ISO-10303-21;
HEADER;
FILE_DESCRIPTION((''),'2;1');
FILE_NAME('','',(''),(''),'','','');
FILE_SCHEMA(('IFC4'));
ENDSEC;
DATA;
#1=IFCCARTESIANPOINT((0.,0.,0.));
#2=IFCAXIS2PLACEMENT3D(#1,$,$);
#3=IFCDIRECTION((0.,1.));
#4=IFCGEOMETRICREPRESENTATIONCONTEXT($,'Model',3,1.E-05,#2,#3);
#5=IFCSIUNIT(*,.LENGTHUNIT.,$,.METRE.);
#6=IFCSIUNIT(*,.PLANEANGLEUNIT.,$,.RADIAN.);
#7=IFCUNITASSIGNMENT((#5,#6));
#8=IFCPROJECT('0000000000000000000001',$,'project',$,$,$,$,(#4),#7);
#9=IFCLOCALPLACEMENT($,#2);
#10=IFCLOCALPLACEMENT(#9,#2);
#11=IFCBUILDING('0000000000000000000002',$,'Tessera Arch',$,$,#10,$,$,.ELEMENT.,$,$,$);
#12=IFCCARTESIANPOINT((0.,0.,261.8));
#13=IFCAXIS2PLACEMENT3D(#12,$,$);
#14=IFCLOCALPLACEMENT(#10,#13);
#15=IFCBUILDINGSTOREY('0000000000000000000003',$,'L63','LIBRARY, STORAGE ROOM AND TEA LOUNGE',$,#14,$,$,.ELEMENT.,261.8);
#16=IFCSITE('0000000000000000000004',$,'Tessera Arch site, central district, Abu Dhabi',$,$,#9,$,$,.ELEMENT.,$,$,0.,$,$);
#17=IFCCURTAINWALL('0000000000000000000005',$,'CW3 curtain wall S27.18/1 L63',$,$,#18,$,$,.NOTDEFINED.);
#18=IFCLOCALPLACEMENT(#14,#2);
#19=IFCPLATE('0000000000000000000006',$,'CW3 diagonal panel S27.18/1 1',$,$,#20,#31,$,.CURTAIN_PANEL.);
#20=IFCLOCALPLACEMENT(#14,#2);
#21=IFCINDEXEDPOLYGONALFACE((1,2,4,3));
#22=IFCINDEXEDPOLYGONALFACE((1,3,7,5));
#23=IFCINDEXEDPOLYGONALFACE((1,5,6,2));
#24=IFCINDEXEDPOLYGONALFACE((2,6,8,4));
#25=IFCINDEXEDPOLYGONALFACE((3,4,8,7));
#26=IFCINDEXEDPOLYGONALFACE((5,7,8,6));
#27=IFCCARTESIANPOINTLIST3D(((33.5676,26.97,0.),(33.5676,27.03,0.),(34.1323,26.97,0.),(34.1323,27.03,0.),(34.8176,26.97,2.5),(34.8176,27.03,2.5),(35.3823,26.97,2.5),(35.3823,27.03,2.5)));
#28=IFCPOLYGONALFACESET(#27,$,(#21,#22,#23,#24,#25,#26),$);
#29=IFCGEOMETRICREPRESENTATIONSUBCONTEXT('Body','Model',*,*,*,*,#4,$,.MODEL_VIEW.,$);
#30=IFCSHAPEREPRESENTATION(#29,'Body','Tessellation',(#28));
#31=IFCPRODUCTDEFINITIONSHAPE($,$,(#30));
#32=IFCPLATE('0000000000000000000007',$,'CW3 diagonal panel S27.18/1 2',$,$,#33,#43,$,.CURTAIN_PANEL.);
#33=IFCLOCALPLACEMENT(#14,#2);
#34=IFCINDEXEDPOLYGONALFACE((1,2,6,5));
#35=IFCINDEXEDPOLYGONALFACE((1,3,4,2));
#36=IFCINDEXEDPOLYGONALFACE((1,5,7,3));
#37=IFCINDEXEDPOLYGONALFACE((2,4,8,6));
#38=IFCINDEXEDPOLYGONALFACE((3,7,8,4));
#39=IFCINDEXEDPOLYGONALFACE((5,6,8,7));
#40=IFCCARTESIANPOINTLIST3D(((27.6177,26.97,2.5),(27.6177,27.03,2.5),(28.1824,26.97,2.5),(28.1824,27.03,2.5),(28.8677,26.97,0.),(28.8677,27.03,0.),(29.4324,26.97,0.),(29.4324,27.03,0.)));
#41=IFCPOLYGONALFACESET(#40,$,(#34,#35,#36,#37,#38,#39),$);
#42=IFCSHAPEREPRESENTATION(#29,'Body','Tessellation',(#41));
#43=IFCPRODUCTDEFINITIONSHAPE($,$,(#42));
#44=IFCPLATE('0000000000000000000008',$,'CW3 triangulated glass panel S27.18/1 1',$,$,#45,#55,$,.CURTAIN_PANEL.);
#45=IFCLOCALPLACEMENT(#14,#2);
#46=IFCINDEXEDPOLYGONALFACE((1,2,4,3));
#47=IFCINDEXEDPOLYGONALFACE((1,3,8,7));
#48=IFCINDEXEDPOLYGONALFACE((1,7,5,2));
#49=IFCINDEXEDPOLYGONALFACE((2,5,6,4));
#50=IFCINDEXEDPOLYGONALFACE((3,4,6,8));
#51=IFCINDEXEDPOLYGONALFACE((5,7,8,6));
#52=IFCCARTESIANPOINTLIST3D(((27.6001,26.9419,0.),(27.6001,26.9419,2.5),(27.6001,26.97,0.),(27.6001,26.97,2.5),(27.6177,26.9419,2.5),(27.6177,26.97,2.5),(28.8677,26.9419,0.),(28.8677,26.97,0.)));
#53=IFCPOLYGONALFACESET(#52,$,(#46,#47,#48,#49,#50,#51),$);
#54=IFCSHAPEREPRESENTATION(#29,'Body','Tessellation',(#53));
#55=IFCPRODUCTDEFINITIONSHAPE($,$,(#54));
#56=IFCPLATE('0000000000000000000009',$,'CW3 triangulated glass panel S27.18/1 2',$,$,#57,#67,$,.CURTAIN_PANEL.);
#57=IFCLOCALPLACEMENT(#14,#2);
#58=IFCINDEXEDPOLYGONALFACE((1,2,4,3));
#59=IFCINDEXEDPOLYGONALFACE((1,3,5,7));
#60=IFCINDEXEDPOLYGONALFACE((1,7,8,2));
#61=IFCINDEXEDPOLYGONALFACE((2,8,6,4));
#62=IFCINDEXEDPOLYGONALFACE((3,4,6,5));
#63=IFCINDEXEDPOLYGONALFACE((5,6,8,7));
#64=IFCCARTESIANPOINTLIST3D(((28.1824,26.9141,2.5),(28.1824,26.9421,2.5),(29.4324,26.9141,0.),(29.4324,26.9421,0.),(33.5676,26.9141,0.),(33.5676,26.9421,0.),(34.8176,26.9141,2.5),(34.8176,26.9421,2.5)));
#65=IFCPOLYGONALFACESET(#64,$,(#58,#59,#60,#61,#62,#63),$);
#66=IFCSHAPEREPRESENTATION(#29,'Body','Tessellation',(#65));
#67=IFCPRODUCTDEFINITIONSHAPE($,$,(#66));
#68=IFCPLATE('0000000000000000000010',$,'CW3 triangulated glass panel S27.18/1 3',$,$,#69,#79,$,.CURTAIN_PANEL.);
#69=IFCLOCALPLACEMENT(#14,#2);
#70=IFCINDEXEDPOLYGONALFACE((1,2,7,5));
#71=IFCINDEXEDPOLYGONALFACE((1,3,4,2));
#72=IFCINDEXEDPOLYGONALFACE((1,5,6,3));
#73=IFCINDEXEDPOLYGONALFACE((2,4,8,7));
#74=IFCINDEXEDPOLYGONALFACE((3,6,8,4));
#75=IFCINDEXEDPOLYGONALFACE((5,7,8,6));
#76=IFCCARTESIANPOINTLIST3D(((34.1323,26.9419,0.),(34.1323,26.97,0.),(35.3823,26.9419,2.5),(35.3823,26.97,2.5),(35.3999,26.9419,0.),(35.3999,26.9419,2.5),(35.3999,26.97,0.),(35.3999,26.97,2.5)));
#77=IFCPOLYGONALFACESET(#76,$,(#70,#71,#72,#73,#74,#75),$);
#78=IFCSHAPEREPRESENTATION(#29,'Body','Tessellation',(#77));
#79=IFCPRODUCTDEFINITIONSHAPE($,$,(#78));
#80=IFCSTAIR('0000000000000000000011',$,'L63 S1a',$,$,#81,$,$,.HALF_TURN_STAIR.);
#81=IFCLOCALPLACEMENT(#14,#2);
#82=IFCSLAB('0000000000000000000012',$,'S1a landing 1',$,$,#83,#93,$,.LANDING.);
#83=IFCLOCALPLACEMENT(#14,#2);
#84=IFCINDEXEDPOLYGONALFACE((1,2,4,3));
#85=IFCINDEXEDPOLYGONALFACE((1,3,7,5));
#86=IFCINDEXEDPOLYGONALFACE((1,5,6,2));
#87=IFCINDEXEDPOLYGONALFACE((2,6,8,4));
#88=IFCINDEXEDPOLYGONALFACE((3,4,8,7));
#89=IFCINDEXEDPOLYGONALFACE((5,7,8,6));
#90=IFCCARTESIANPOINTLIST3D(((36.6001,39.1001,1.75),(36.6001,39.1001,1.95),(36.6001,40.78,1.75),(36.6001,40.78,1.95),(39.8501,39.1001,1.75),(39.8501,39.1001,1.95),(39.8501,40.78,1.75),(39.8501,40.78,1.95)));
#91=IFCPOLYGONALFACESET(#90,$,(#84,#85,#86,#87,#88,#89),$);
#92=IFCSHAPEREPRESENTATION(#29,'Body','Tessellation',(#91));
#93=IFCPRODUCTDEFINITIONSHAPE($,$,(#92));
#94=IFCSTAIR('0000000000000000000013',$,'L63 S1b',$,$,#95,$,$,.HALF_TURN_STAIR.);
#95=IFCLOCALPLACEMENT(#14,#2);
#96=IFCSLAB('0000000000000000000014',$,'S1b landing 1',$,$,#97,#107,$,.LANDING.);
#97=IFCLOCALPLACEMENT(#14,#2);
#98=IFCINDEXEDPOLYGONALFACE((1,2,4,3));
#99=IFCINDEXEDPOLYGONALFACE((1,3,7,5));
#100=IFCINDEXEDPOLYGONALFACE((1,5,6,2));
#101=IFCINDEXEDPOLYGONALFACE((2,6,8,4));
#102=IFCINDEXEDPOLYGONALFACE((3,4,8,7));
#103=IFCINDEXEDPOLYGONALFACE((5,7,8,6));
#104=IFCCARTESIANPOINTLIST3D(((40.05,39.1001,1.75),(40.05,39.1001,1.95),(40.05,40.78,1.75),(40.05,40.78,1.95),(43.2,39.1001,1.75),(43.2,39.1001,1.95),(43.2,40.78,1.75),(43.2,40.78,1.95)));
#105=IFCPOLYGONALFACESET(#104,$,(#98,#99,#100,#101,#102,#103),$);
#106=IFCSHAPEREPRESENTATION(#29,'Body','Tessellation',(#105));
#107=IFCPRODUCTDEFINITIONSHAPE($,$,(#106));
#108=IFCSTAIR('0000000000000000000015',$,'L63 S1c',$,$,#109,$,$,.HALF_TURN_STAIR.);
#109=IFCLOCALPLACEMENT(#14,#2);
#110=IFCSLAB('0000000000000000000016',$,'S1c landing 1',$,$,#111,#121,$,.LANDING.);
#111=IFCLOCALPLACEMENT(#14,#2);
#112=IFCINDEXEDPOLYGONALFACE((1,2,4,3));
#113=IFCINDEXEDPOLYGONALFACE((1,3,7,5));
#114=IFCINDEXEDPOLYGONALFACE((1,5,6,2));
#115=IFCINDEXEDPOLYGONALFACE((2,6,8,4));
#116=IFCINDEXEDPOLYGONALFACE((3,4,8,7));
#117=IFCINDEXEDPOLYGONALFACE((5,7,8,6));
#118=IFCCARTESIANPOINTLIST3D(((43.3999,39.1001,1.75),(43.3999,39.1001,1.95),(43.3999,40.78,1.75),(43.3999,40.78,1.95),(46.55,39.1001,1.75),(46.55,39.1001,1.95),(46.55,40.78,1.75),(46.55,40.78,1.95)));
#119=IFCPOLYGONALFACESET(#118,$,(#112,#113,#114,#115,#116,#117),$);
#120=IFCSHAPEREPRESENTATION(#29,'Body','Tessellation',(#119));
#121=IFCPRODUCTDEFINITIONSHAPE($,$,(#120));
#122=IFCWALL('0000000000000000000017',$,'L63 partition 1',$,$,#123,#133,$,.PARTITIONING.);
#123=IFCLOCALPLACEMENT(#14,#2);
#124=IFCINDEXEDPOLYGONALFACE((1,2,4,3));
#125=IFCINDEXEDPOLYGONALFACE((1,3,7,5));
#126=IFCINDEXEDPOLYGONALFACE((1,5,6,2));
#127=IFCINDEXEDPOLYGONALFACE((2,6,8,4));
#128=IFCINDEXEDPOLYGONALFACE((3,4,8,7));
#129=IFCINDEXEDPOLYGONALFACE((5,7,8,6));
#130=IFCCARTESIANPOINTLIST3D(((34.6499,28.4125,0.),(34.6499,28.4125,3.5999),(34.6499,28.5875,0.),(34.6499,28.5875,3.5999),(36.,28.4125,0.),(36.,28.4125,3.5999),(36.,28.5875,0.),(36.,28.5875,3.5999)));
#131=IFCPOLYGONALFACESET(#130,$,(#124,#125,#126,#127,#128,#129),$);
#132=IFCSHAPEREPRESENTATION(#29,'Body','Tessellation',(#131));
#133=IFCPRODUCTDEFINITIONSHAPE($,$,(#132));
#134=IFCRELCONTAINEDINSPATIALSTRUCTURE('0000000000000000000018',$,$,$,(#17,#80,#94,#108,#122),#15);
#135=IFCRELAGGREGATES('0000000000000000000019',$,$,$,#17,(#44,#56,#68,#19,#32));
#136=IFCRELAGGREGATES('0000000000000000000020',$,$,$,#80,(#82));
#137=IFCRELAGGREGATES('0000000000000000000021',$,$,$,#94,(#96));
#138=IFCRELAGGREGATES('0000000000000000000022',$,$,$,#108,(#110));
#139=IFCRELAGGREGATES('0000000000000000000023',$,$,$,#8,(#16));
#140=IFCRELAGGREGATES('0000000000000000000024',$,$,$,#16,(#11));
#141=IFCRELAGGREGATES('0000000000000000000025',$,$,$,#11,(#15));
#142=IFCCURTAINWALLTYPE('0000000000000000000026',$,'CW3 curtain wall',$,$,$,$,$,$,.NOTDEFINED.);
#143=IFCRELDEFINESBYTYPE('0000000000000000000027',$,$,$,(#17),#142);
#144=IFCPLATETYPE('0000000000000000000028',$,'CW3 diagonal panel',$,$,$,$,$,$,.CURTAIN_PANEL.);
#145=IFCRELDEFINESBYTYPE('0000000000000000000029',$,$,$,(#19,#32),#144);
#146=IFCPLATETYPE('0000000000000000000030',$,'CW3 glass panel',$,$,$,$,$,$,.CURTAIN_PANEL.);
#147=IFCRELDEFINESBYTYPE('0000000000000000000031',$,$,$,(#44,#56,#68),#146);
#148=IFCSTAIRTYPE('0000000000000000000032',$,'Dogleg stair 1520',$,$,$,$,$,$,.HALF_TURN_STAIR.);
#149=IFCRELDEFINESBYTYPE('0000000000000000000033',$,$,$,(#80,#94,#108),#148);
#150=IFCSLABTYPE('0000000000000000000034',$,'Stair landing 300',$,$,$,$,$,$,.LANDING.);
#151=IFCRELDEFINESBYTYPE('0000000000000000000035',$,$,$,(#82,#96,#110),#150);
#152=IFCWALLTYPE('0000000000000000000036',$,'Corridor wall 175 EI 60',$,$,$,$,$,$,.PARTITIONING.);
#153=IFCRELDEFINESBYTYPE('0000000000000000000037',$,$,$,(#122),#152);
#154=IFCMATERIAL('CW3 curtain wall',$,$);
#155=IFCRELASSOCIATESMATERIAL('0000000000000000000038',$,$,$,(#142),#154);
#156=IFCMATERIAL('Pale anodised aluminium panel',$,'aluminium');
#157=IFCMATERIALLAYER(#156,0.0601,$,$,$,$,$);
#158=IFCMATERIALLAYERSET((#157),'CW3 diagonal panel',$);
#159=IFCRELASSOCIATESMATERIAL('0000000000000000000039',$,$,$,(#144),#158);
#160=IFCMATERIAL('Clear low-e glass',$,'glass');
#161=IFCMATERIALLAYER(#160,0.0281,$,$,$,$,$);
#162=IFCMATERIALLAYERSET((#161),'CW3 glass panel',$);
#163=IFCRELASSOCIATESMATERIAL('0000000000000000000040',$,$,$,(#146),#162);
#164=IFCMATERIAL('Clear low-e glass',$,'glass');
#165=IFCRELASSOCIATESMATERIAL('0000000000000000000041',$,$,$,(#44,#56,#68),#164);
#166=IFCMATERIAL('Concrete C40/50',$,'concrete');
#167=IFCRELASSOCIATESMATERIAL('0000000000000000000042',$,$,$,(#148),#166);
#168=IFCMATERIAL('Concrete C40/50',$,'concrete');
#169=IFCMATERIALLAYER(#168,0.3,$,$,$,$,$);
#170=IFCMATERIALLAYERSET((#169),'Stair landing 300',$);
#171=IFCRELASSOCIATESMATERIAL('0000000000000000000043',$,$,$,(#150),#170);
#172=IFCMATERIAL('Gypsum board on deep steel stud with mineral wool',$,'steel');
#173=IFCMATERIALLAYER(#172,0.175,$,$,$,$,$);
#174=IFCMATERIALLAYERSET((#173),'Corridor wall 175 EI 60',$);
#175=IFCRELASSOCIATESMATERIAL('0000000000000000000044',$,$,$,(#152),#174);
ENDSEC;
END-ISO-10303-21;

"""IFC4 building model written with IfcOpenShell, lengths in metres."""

from ifc_helpers import new_model, si_unit, direction, frame, frame_2d, origin, place, context, subcontext, project, spatial, polyline, rectangle, outline, extrude, material, layer, layer_set, type_object, element, aggregate, save


model = new_model("IFC4")

# Units and contexts
model_context = context("Model", 3, precision=1e-05, world=origin(), true_north=direction((0.0, 1.0)))
body_context = subcontext(model_context, "Body", "Model", "MODEL_VIEW")
ifc_project = project(units=[si_unit("LENGTHUNIT", "METRE"), si_unit("PLANEANGLEUNIT", "RADIAN")], contexts=[model_context])

# Site, building, storey
site_placement = place(None, origin())
site = spatial("IfcSite", under=ifc_project, at=site_placement, Name="Tessera Arch site, central district, Abu Dhabi", CompositionType="ELEMENT", RefElevation=0.0)
building_placement = place(site_placement, origin())
building = spatial("IfcBuilding", under=site, at=building_placement, Name="Tessera Arch", CompositionType="ELEMENT")
storey_placement = place(building_placement, frame((0.0, 0.0, 261.8)))
storey = spatial("IfcBuildingStorey", under=building, at=storey_placement, Name="L63", Description="LIBRARY, STORAGE ROOM AND TEA LOUNGE", CompositionType="ELEMENT", Elevation=261.8)

# Curtain wall
ifc_material_1 = material(Name="CW3 curtain wall")
curtain_wall_type_1 = type_object("IfcCurtainWallType", Name="CW3 curtain wall", PredefinedType="NOTDEFINED", material=ifc_material_1)
curtain_wall_1_placement = place(storey_placement, origin())
curtain_wall_1 = element("IfcCurtainWall", 1, at=curtain_wall_1_placement, inside=storey, type_object=curtain_wall_type_1, Name="CW3 curtain wall S27.18/1 L63", PredefinedType="NOTDEFINED")

# Shared definitions
ifc_material_2 = material(Name="Clear low-e glass", Category="glass")

# Plates
ifc_material_3 = material(Name="Pale anodised aluminium panel", Category="aluminium")
ifc_layer_1 = layer(ifc_material_3, 0.0601)
ifc_layer_set_1 = layer_set([ifc_layer_1], Name="CW3 diagonal panel")
plate_type_1 = type_object("IfcPlateType", Name="CW3 diagonal panel", PredefinedType="CURTAIN_PANEL", material=ifc_layer_set_1)
plate_1_placement = place(storey_placement, frame((35.3823, 26.97, 2.5), z_axis=(0.0, -1.0, 0.0), x_axis=(-1.0, 0.0, 0.0)))
plate_1 = element("IfcPlate", 2, at=plate_1_placement, type_object=plate_type_1, Name="CW3 diagonal panel S27.18/1 1", PredefinedType="CURTAIN_PANEL", context=body_context, shape_type="SweptSolid", body=[
    extrude(outline(polyline([(0.0, 0.0), (0.5647, 0.0), (1.8147, 2.5), (1.25, 2.5), (0.0, 0.0)])), origin(), (0.0, 0.0, -1.0), 0.0601),
])
plate_2_placement = place(storey_placement, frame((28.1824, 26.97, 2.5), z_axis=(0.0, -1.0, 0.0), x_axis=(-1.0, 0.0, 0.0)))
plate_2 = element("IfcPlate", 3, at=plate_2_placement, type_object=plate_type_1, Name="CW3 diagonal panel S27.18/1 2", PredefinedType="CURTAIN_PANEL", context=body_context, shape_type="SweptSolid", body=[
    extrude(outline(polyline([(0.0, 0.0), (0.5647, 0.0), (-0.6853, 2.5), (-1.25, 2.5), (0.0, 0.0)])), origin(), (0.0, 0.0, -1.0), 0.0601),
])
ifc_material_4 = material(Name="Clear low-e glass", Category="glass")
ifc_layer_2 = layer(ifc_material_4, 0.0281)
ifc_layer_set_2 = layer_set([ifc_layer_2], Name="CW3 glass panel")
plate_type_2 = type_object("IfcPlateType", Name="CW3 glass panel", PredefinedType="CURTAIN_PANEL", material=ifc_layer_set_2)
plate_3_placement = place(storey_placement, frame((27.6001, 26.9419, 0.0), z_axis=(0.0, -1.0, 0.0), x_axis=(1.0, 0.0, 0.0)))
plate_3 = element("IfcPlate", 4, at=plate_3_placement, type_object=plate_type_2, material=ifc_material_2, Name="CW3 triangulated glass panel S27.18/1 1", PredefinedType="CURTAIN_PANEL", context=body_context, shape_type="SweptSolid", body=[
    extrude(outline(polyline([(0.0, 0.0), (1.2676, 0.0), (0.0176, 2.5), (0.0, 2.5), (0.0, 0.0)])), origin(), (0.0, 0.0, -1.0), 0.0281),
])
plate_4_placement = place(storey_placement, frame((34.8176, 26.9141, 2.5), z_axis=(0.0, -1.0, 0.0), x_axis=(-1.0, 0.0, 0.0)))
plate_4 = element("IfcPlate", 5, at=plate_4_placement, type_object=plate_type_2, material=ifc_material_2, Name="CW3 triangulated glass panel S27.18/1 2", PredefinedType="CURTAIN_PANEL", context=body_context, shape_type="SweptSolid", body=[
    extrude(outline(polyline([(0.0, 0.0), (6.6353, 0.0), (5.3853, 2.5), (1.25, 2.5), (0.0, 0.0)])), origin(), (0.0, 0.0, -1.0), 0.0281),
])
plate_5_placement = place(storey_placement, frame((35.3999, 26.9419, 2.5), z_axis=(0.0, -1.0, 0.0), x_axis=(-1.0, 0.0, 0.0)))
plate_5 = element("IfcPlate", 6, at=plate_5_placement, type_object=plate_type_2, material=ifc_material_2, Name="CW3 triangulated glass panel S27.18/1 3", PredefinedType="CURTAIN_PANEL", context=body_context, shape_type="SweptSolid", body=[
    extrude(outline(polyline([(0.0, 0.0), (0.0176, 0.0), (1.2676, 2.5), (0.0, 2.5), (0.0, 0.0)])), origin(), (0.0, 0.0, -1.0), 0.0281),
])
aggregate(curtain_wall_1, [plate_3, plate_4, plate_5, plate_1, plate_2])

# Stairs, slabs
ifc_material_5 = material(Name="Concrete C40/50", Category="concrete")
stair_type = type_object("IfcStairType", Name="Dogleg stair 1520", PredefinedType="HALF_TURN_STAIR", material=ifc_material_5)
stair_1_placement = place(storey_placement, origin())
stair_1 = element("IfcStair", 7, at=stair_1_placement, inside=storey, type_object=stair_type, Name="L63 S1a", PredefinedType="HALF_TURN_STAIR")
ifc_material_6 = material(Name="Concrete C40/50", Category="concrete")
ifc_layer_3 = layer(ifc_material_6, 0.3)
ifc_layer_set_3 = layer_set([ifc_layer_3], Name="Stair landing 300")
slab_type = type_object("IfcSlabType", Name="Stair landing 300", PredefinedType="LANDING", material=ifc_layer_set_3)
slab_1_placement = place(storey_placement, frame((0.0, 0.0, 1.75)))
slab_1 = element("IfcSlab", 8, at=slab_1_placement, type_object=slab_type, Name="S1a landing 1", PredefinedType="LANDING", context=body_context, shape_type="SweptSolid", body=[
    extrude(outline(polyline([(36.6001, 40.78), (36.6001, 39.1001), (39.8501, 39.1001), (39.8501, 40.78), (36.6001, 40.78)])), origin(), (0.0, 0.0, 1.0), 0.2),
])
aggregate(stair_1, [slab_1])
stair_2_placement = place(storey_placement, origin())
stair_2 = element("IfcStair", 9, at=stair_2_placement, inside=storey, type_object=stair_type, Name="L63 S1b", PredefinedType="HALF_TURN_STAIR")
slab_2_placement = place(storey_placement, frame((0.0, 0.0, 1.75)))
slab_2 = element("IfcSlab", 10, at=slab_2_placement, type_object=slab_type, Name="S1b landing 1", PredefinedType="LANDING", context=body_context, shape_type="SweptSolid", body=[
    extrude(outline(polyline([(40.05, 40.78), (40.05, 39.1001), (43.2, 39.1001), (43.2, 40.78), (40.05, 40.78)])), origin(), (0.0, 0.0, 1.0), 0.2),
])
aggregate(stair_2, [slab_2])
stair_3_placement = place(storey_placement, origin())
stair_3 = element("IfcStair", 11, at=stair_3_placement, inside=storey, type_object=stair_type, Name="L63 S1c", PredefinedType="HALF_TURN_STAIR")
slab_3_placement = place(storey_placement, frame((0.0, 0.0, 1.75)))
slab_3 = element("IfcSlab", 12, at=slab_3_placement, type_object=slab_type, Name="S1c landing 1", PredefinedType="LANDING", context=body_context, shape_type="SweptSolid", body=[
    extrude(outline(polyline([(43.3999, 40.78), (43.3999, 39.1001), (46.55, 39.1001), (46.55, 40.78), (43.3999, 40.78)])), origin(), (0.0, 0.0, 1.0), 0.2),
])
aggregate(stair_3, [slab_3])

# Wall
ifc_material_7 = material(Name="Gypsum board on deep steel stud with mineral wool", Category="steel")
ifc_layer_4 = layer(ifc_material_7, 0.175)
ifc_layer_set_4 = layer_set([ifc_layer_4], Name="Corridor wall 175 EI 60")
wall_type_1 = type_object("IfcWallType", Name="Corridor wall 175 EI 60", PredefinedType="PARTITIONING", material=ifc_layer_set_4)
wall_1_placement = place(storey_placement, frame((34.6499, 28.5, 0.0), z_axis=(0.0, 0.0, 1.0), x_axis=(1.0, 0.0, 0.0)))
element("IfcWall", 13, at=wall_1_placement, inside=storey, type_object=wall_type_1, Name="L63 partition 1", PredefinedType="PARTITIONING", context=body_context, shape_type="SweptSolid", body=[
    extrude(rectangle(XDim=1.3501, YDim=0.175, at=frame_2d((0.675, 0.0))), origin(), (0.0, 0.0, 1.0), 3.5999),
])

save(model, "model.ifc")
